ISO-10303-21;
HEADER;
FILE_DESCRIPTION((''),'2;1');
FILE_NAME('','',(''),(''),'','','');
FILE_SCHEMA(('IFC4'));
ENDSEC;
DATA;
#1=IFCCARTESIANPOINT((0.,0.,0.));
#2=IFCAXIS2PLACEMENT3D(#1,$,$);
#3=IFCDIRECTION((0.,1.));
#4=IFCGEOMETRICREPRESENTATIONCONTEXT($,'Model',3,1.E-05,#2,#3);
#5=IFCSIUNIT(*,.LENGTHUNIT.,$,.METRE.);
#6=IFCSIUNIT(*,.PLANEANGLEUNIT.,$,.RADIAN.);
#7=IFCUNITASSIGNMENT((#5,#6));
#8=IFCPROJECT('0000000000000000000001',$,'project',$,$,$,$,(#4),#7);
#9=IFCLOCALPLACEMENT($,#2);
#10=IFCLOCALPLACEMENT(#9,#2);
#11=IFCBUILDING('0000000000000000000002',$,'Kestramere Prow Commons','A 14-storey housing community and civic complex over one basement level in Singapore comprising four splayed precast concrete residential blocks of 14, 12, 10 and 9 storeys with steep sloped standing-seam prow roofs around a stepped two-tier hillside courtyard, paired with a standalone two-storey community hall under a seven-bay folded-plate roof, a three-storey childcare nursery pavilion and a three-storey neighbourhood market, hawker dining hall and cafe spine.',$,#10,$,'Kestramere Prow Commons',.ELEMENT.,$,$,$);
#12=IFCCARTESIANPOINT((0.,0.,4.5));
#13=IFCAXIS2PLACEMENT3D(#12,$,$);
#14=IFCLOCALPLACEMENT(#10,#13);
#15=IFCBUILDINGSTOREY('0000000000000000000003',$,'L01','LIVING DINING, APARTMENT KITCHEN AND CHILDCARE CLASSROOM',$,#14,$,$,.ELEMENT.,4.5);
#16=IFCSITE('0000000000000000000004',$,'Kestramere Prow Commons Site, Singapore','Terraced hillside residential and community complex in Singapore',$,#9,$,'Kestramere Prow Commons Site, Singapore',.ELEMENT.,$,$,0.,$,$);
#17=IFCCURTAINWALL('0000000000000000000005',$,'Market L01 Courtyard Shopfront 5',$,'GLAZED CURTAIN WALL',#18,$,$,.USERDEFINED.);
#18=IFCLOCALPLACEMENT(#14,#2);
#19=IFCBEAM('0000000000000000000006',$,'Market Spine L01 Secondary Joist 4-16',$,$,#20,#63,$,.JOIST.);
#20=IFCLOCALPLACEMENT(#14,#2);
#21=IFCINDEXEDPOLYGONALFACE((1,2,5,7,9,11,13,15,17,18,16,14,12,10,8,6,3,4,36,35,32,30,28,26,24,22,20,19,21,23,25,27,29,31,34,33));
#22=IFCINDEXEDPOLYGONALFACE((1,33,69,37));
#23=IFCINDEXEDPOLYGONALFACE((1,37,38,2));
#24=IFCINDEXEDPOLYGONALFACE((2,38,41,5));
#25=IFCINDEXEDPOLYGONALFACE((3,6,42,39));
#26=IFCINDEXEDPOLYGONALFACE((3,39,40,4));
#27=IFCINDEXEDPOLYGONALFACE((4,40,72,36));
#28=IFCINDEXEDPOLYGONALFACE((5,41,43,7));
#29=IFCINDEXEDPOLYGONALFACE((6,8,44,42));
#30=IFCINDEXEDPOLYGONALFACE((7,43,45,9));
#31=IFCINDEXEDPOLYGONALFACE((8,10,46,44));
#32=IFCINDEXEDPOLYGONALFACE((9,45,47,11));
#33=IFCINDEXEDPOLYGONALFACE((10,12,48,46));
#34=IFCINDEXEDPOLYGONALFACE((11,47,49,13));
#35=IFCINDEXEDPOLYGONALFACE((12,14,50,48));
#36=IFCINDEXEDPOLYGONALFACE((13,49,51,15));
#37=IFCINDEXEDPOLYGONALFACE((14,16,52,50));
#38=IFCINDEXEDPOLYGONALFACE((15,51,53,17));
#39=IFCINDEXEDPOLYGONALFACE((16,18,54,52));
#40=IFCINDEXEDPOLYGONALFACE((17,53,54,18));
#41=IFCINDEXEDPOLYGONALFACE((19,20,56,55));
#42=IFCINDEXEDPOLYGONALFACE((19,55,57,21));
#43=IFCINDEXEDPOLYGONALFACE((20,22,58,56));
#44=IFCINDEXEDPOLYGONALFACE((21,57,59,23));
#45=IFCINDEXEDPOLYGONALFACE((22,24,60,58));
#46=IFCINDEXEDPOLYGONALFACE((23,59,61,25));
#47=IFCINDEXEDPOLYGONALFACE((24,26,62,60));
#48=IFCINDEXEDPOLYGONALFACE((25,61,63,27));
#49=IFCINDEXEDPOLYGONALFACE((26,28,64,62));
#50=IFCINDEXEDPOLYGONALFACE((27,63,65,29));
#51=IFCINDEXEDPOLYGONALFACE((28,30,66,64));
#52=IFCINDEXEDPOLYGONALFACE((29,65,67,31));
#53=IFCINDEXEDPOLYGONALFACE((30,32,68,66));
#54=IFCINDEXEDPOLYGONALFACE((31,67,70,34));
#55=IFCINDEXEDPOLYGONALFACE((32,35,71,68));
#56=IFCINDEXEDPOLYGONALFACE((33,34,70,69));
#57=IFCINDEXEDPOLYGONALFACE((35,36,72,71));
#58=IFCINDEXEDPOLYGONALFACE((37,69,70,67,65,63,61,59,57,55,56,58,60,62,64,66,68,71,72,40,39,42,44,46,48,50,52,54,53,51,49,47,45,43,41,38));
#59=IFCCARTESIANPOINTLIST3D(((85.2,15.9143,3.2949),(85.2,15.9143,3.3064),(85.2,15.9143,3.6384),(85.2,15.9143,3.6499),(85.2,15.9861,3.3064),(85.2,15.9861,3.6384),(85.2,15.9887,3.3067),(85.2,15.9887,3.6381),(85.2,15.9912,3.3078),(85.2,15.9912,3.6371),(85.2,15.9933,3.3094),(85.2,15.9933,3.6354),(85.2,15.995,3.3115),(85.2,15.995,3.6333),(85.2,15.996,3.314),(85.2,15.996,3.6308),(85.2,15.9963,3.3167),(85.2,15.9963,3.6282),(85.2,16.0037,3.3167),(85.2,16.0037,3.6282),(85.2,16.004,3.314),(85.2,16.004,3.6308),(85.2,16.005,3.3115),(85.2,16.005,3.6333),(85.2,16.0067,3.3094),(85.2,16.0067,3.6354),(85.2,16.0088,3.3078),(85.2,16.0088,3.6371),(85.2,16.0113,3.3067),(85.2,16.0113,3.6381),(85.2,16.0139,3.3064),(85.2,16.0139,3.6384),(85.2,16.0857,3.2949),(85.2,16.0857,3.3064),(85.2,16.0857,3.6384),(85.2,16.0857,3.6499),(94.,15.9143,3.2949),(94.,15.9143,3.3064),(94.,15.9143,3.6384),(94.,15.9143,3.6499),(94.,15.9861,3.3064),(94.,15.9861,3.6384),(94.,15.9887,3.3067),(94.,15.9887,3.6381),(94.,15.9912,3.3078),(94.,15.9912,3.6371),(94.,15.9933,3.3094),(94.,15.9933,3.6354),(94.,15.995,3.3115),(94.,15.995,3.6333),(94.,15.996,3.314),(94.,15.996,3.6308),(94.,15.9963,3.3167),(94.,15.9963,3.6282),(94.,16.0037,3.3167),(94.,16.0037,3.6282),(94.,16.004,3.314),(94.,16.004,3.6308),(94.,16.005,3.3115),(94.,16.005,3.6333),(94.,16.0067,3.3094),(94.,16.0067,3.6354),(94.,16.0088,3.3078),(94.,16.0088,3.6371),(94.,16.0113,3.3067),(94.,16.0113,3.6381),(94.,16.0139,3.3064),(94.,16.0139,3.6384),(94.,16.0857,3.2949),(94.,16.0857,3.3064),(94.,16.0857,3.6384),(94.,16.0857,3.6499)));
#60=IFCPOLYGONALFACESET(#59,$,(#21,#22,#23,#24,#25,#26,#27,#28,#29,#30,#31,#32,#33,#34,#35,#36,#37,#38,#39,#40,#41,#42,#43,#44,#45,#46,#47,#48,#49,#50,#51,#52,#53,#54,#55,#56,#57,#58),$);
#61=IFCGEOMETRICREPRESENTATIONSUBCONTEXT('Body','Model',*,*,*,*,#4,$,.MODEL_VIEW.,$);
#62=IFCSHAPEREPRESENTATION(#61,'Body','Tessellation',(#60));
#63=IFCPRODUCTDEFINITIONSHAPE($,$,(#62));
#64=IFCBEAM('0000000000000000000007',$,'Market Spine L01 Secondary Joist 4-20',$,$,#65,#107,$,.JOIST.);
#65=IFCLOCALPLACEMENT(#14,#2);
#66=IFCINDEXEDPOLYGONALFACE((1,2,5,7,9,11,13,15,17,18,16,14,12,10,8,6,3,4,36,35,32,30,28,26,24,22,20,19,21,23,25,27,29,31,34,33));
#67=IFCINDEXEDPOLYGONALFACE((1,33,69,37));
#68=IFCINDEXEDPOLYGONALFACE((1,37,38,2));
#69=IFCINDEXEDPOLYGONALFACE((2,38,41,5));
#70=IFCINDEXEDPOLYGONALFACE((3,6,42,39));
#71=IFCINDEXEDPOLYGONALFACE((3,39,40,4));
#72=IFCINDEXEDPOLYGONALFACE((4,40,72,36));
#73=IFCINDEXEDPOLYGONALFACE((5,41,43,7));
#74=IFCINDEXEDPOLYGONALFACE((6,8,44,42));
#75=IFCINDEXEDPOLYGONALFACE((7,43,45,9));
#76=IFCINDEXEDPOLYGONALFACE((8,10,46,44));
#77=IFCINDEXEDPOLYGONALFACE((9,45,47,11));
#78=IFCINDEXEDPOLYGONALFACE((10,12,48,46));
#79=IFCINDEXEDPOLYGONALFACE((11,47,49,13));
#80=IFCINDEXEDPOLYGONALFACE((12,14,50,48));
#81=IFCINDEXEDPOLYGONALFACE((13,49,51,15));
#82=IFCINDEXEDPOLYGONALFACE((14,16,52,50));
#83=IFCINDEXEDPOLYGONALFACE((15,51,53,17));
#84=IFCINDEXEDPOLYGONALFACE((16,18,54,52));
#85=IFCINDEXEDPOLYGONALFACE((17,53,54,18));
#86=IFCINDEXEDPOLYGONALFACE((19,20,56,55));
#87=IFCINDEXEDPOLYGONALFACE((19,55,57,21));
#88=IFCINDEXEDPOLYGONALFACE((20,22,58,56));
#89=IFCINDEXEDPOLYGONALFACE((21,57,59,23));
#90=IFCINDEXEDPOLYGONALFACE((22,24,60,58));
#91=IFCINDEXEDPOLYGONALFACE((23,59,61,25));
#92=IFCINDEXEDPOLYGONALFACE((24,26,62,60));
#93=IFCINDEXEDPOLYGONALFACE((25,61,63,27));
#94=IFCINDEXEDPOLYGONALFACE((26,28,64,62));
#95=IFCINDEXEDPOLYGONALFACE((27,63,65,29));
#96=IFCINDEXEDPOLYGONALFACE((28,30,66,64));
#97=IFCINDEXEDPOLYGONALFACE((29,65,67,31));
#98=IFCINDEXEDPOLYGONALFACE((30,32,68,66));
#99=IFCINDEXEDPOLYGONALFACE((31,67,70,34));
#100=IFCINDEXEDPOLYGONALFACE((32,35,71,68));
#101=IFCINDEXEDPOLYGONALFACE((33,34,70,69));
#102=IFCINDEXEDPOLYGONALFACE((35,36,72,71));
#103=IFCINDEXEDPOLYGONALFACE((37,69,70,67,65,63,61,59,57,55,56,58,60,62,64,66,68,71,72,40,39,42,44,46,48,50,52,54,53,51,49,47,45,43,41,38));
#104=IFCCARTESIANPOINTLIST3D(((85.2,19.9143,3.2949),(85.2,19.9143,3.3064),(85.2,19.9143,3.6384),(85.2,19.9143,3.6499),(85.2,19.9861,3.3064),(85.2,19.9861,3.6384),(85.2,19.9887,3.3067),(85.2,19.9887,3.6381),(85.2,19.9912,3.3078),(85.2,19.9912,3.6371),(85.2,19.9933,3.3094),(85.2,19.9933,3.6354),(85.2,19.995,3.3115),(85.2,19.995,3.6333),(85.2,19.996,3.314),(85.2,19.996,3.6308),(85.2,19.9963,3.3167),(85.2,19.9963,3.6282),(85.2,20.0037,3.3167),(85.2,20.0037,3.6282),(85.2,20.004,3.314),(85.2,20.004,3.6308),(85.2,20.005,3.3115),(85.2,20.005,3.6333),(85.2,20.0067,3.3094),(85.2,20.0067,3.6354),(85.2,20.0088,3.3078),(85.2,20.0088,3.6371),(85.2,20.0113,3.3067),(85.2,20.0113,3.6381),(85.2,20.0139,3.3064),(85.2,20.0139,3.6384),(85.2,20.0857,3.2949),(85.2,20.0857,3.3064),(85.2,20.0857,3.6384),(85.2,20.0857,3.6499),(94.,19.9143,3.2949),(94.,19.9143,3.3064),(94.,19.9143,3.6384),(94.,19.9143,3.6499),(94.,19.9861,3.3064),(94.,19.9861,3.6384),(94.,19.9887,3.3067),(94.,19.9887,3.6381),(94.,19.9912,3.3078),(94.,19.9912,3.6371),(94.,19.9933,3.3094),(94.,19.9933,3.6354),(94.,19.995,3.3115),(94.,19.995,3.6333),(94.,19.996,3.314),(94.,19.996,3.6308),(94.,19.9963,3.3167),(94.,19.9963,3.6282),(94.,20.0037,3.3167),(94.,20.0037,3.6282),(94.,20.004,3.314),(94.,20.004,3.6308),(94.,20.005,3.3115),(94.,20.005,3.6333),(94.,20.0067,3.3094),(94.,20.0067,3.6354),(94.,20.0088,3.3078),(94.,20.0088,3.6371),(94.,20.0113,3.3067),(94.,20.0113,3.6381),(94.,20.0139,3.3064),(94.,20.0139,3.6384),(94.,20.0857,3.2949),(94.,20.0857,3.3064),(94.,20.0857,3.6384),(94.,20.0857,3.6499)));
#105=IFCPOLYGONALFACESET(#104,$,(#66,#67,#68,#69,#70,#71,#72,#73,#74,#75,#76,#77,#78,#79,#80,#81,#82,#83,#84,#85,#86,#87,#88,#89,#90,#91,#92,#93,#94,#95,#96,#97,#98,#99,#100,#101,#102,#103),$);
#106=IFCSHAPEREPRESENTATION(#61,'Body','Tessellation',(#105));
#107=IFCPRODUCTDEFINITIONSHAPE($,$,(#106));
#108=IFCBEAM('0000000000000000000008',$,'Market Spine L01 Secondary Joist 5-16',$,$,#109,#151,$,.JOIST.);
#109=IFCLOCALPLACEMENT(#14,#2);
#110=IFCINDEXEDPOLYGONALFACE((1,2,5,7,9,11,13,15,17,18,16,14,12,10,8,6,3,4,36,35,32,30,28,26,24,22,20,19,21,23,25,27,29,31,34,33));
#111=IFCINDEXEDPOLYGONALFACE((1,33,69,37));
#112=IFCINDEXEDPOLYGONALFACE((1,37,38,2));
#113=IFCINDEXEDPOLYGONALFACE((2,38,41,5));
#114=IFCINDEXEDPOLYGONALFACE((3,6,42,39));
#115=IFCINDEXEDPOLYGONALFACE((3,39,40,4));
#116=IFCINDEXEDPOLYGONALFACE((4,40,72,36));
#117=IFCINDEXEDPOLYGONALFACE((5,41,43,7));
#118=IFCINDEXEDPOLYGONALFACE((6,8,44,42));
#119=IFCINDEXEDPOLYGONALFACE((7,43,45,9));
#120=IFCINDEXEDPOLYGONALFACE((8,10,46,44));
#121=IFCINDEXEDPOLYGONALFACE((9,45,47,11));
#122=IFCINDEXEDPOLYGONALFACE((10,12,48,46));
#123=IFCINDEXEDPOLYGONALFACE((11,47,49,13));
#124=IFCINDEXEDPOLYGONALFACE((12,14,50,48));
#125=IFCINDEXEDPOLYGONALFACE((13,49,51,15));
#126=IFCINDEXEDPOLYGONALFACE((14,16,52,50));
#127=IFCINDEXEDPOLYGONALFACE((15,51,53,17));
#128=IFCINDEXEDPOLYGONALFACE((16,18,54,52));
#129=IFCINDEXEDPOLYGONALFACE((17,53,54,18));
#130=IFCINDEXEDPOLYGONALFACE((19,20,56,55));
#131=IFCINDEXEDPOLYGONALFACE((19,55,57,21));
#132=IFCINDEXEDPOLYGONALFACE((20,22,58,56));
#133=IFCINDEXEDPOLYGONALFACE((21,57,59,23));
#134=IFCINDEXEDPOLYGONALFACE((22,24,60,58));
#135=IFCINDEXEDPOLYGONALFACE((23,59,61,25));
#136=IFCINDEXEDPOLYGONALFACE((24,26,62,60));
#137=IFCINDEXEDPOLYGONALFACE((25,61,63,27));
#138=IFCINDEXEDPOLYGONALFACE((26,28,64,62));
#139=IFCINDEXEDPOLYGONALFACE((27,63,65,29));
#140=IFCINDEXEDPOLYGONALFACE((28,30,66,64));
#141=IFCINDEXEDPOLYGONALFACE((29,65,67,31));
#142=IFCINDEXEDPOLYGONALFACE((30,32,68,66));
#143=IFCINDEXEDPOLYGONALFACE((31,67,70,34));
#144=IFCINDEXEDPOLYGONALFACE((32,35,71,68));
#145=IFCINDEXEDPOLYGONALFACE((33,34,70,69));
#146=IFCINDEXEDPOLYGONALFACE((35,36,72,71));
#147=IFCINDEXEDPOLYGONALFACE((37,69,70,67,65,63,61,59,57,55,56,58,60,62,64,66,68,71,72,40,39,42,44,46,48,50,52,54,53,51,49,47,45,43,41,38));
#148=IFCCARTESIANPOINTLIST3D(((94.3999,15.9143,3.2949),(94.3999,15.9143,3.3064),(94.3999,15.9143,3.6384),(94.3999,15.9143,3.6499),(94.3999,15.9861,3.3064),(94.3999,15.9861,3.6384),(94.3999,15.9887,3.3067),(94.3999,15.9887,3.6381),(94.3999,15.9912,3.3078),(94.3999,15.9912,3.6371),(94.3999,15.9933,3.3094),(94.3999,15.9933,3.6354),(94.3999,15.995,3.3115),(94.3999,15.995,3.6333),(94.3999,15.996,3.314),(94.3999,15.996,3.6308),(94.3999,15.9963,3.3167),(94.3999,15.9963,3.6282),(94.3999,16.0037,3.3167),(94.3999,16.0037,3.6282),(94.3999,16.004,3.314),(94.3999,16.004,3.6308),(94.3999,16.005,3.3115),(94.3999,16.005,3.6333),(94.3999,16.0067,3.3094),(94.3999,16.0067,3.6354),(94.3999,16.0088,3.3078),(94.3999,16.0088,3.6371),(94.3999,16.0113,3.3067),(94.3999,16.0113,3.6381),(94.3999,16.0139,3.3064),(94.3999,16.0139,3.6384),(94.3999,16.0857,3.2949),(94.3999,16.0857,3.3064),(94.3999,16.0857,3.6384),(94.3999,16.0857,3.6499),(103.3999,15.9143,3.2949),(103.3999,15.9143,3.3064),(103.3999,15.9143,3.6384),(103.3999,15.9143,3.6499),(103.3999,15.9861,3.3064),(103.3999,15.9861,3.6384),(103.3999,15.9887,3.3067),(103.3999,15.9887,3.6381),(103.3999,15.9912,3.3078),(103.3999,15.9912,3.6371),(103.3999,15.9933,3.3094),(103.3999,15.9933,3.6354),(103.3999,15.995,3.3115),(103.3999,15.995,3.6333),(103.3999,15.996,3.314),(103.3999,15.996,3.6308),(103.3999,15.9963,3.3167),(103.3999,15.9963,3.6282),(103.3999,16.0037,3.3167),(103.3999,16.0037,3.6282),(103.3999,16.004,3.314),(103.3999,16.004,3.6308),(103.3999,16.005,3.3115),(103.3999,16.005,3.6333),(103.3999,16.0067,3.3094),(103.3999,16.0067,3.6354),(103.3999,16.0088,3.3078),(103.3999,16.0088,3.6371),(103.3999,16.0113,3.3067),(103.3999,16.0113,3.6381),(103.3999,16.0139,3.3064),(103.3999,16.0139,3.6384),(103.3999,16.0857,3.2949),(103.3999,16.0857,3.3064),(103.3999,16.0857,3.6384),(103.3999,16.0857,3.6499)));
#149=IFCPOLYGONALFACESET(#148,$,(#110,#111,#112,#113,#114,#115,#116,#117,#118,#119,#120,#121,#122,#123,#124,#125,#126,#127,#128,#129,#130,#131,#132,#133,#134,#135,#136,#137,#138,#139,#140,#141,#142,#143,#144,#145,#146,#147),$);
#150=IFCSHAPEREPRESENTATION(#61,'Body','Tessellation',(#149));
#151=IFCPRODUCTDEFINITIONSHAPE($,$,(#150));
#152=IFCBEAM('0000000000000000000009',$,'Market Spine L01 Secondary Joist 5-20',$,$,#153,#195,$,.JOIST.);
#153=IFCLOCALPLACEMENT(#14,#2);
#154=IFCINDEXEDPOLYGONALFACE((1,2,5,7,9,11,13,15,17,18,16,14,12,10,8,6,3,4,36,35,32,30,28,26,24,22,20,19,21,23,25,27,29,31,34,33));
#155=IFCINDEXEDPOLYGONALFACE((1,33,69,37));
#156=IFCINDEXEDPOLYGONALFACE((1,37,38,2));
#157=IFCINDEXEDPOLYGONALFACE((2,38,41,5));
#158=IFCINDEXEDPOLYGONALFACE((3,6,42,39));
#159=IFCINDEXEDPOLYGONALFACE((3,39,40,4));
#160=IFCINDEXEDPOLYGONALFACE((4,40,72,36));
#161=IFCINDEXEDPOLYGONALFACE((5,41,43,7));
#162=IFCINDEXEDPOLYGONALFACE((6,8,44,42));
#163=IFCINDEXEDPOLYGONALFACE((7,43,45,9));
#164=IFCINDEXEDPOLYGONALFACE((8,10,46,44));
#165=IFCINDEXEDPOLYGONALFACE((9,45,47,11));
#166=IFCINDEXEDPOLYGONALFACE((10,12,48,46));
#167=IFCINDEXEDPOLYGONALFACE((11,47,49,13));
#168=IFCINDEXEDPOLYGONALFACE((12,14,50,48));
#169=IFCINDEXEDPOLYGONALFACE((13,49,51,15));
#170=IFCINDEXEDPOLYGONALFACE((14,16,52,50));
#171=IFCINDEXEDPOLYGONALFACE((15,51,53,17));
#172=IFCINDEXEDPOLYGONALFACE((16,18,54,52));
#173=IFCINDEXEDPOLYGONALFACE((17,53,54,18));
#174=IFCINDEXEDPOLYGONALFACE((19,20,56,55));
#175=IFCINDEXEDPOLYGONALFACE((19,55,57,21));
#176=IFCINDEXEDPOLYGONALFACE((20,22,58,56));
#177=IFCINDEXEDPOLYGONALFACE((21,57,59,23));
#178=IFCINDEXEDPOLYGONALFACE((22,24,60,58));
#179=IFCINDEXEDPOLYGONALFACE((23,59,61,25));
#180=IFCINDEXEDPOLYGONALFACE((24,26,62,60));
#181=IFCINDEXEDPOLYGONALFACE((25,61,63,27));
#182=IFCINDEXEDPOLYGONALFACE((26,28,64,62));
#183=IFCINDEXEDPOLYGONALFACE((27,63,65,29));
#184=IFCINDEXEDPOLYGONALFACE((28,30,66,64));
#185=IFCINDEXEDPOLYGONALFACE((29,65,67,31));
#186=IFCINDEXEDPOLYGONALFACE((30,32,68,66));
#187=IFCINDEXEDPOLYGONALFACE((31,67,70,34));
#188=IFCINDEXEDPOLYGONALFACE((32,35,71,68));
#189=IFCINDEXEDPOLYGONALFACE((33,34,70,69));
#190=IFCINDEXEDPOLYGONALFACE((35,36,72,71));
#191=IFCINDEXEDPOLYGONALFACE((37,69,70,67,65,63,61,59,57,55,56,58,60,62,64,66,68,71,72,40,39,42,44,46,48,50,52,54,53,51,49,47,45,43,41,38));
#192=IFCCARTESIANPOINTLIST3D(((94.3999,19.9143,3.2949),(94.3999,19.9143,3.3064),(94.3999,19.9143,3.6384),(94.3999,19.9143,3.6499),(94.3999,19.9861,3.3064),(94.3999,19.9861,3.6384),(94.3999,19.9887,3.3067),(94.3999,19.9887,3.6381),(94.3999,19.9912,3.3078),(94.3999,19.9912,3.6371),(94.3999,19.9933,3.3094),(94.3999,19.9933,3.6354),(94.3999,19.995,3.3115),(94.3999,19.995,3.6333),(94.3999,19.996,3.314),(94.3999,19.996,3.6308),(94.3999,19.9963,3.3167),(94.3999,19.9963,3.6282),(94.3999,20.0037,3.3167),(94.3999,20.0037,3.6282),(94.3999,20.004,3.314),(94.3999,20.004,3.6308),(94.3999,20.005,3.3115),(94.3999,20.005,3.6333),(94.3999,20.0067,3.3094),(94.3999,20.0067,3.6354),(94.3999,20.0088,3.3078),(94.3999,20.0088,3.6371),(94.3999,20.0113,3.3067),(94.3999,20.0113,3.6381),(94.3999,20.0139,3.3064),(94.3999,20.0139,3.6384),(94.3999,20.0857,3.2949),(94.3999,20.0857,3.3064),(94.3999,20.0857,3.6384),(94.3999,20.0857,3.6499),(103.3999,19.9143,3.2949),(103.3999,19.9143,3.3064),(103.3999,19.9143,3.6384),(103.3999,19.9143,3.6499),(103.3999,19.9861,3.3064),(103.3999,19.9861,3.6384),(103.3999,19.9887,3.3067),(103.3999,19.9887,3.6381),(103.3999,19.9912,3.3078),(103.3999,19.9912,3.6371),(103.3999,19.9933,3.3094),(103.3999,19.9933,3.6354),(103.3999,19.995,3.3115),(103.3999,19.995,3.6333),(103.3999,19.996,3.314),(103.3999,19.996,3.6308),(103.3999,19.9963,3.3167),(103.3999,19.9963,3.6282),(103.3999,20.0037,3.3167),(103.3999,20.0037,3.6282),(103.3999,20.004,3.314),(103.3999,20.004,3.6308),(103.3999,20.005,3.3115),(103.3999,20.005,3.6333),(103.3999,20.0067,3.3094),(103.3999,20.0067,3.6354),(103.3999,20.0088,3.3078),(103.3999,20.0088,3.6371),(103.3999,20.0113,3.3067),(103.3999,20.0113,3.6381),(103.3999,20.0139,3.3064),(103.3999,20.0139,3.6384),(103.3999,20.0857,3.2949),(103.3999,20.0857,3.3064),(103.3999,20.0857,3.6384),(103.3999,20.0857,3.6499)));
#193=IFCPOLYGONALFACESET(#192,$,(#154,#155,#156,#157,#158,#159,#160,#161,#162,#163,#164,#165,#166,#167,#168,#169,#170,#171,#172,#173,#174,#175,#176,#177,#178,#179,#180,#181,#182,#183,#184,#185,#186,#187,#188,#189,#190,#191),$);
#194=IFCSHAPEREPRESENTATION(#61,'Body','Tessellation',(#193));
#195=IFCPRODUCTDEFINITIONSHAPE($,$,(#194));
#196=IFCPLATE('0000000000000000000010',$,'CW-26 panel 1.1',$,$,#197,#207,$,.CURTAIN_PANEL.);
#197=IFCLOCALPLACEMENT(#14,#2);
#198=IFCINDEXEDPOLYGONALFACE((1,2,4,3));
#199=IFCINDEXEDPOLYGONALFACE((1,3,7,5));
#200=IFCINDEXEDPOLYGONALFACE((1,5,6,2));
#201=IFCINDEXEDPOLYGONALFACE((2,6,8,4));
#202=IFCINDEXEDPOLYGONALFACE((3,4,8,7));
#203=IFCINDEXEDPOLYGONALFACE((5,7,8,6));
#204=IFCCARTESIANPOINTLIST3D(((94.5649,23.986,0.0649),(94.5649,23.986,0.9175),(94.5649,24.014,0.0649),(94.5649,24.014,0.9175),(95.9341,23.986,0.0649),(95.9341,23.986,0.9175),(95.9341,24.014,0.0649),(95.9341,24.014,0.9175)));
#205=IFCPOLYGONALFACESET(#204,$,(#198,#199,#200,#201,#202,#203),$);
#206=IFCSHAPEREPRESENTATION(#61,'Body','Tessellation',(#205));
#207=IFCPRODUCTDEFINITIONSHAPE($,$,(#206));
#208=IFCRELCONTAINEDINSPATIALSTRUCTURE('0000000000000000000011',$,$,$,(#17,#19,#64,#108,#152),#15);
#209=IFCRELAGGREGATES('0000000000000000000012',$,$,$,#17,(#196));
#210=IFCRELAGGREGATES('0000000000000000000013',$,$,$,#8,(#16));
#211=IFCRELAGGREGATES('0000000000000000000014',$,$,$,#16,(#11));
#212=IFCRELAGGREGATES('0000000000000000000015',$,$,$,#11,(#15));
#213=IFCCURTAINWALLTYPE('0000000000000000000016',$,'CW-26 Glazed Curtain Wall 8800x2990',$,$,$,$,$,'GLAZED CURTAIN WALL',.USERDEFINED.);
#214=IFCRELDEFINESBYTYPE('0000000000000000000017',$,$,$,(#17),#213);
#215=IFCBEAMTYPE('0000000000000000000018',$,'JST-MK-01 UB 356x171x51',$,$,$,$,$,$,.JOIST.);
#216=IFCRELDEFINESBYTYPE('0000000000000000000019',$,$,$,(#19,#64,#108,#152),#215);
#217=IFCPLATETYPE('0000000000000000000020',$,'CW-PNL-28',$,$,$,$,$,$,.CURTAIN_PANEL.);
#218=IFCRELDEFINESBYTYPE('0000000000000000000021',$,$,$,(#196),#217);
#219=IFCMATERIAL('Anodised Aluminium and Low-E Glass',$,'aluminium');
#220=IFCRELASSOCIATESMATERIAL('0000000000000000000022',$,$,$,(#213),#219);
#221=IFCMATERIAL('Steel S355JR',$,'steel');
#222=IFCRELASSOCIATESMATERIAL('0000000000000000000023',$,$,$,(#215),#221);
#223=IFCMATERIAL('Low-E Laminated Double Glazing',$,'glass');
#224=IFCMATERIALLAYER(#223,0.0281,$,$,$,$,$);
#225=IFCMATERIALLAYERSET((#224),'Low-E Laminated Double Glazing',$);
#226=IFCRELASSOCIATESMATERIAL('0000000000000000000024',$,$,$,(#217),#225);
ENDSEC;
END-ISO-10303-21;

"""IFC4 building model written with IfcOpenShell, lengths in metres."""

from ifc_helpers import new_model, si_unit, direction, frame, origin, origin_2d, place, context, subcontext, project, spatial, rectangle, i_section, extrude, material, layer, layer_set, material_profile, profile_set, type_object, element, aggregate, save


model = new_model("IFC4")

# Units and contexts
model_context = context("Model", 3, precision=1e-05, world=origin(), true_north=direction((0.0, 1.0)))
body_context = subcontext(model_context, "Body", "Model", "MODEL_VIEW")
ifc_project = project(units=[si_unit("LENGTHUNIT", "METRE"), si_unit("PLANEANGLEUNIT", "RADIAN")], contexts=[model_context])

# Site, building, storey
site_placement = place(None, origin())
site = spatial("IfcSite", under=ifc_project, at=site_placement, Name="Kestramere Prow Commons Site, Singapore", Description="Terraced hillside residential and community complex in Singapore", LongName="Kestramere Prow Commons Site, Singapore", CompositionType="ELEMENT", RefElevation=0.0)
building_placement = place(site_placement, origin())
building = spatial("IfcBuilding", under=site, at=building_placement, Name="Kestramere Prow Commons", Description="A 14-storey housing community and civic complex over one basement level in Singapore comprising four splayed precast concrete residential blocks of 14, 12, 10 and 9 storeys with steep sloped standing-seam prow roofs around a stepped two-tier hillside courtyard, paired with a standalone two-storey community hall under a seven-bay folded-plate roof, a three-storey childcare nursery pavilion and a three-storey neighbourhood market, hawker dining hall and cafe spine.", LongName="Kestramere Prow Commons", CompositionType="ELEMENT")
storey_placement = place(building_placement, frame((0.0, 0.0, 4.5)))
storey = spatial("IfcBuildingStorey", under=building, at=storey_placement, Name="L01", Description="LIVING DINING, APARTMENT KITCHEN AND CHILDCARE CLASSROOM", CompositionType="ELEMENT", Elevation=4.5)

# Shared definitions
ifc_material_1 = material(Name="Steel S355JR", Category="steel")

# Curtain wall
ifc_material_2 = material(Name="Anodised Aluminium and Low-E Glass", Category="aluminium")
curtain_wall_type = type_object("IfcCurtainWallType", Name="CW-26 Glazed Curtain Wall 8800x2990", ElementType="GLAZED CURTAIN WALL", PredefinedType="USERDEFINED", material=ifc_material_2)
curtain_wall_placement = place(storey_placement, origin())
curtain_wall = element("IfcCurtainWall", 1, at=curtain_wall_placement, inside=storey, type_object=curtain_wall_type, Name="Market L01 Courtyard Shopfront 5", ObjectType="GLAZED CURTAIN WALL", PredefinedType="USERDEFINED")

# Beams
ifc_material_profile_1 = material_profile(ifc_material_1, i_section(OverallWidth=0.1714, OverallDepth=0.355, WebThickness=0.0073, FlangeThickness=0.0115, FilletRadius=0.0103, at=origin_2d()), Name="UB 356x171x51")
ifc_profile_set_1 = profile_set([ifc_material_profile_1], Name="Steel S355JR")
beam_type_1 = type_object("IfcBeamType", Name="JST-MK-01 UB 356x171x51", PredefinedType="JOIST", material=ifc_profile_set_1)
for number, where, z_axis, x_axis, name in (
    (2, (85.2, 16.0, 3.4724), (1.0, 0.0, 0.0), (0.0, 1.0, 0.0), "Market Spine L01 Secondary Joist 4-16"),
    (3, (85.2, 20.0, 3.4724), (1.0, 0.0, 0.0), (0.0, 1.0, 0.0), "Market Spine L01 Secondary Joist 4-20"),
):
    element("IfcBeam", number, at=place(storey_placement, frame(where, z_axis=z_axis, x_axis=x_axis)), inside=storey, type_object=beam_type_1, Name=name, PredefinedType="JOIST", context=body_context, shape_type="SweptSolid", body=[
        extrude(i_section(OverallWidth=0.1714, OverallDepth=0.355, WebThickness=0.0073, FlangeThickness=0.0115, FilletRadius=0.0103, at=origin_2d()), origin(), (0.0, 0.0, 1.0), 8.8),
    ])
for number, where, z_axis, x_axis, name in (
    (4, (94.3999, 16.0, 3.4724), (1.0, 0.0, 0.0), (0.0, 1.0, 0.0), "Market Spine L01 Secondary Joist 5-16"),
    (5, (94.3999, 20.0, 3.4724), (1.0, 0.0, 0.0), (0.0, 1.0, 0.0), "Market Spine L01 Secondary Joist 5-20"),
):
    element("IfcBeam", number, at=place(storey_placement, frame(where, z_axis=z_axis, x_axis=x_axis)), inside=storey, type_object=beam_type_1, Name=name, PredefinedType="JOIST", context=body_context, shape_type="SweptSolid", body=[
        extrude(i_section(OverallWidth=0.1714, OverallDepth=0.355, WebThickness=0.0073, FlangeThickness=0.0115, FilletRadius=0.0103, at=origin_2d()), origin(), (0.0, 0.0, 1.0), 9.0),
    ])

# Plate
ifc_material_3 = material(Name="Low-E Laminated Double Glazing", Category="glass")
ifc_layer_1 = layer(ifc_material_3, 0.0281)
ifc_layer_set_1 = layer_set([ifc_layer_1], Name="Low-E Laminated Double Glazing")
plate_type_1 = type_object("IfcPlateType", Name="CW-PNL-28", PredefinedType="CURTAIN_PANEL", material=ifc_layer_set_1)
plate_1_placement = place(storey_placement, frame((95.2495, 24.0, 0.0649), z_axis=(0.0, 0.0, 1.0), x_axis=(1.0, 0.0, 0.0)))
plate_1 = element("IfcPlate", 6, at=plate_1_placement, type_object=plate_type_1, Name="CW-26 panel 1.1", PredefinedType="CURTAIN_PANEL", context=body_context, shape_type="SweptSolid", body=[
    extrude(rectangle(XDim=1.3691, YDim=0.0281, at=origin_2d()), origin(), (0.0, 0.0, 1.0), 0.8525),
])
aggregate(curtain_wall, [plate_1])

save(model, "model.ifc")
